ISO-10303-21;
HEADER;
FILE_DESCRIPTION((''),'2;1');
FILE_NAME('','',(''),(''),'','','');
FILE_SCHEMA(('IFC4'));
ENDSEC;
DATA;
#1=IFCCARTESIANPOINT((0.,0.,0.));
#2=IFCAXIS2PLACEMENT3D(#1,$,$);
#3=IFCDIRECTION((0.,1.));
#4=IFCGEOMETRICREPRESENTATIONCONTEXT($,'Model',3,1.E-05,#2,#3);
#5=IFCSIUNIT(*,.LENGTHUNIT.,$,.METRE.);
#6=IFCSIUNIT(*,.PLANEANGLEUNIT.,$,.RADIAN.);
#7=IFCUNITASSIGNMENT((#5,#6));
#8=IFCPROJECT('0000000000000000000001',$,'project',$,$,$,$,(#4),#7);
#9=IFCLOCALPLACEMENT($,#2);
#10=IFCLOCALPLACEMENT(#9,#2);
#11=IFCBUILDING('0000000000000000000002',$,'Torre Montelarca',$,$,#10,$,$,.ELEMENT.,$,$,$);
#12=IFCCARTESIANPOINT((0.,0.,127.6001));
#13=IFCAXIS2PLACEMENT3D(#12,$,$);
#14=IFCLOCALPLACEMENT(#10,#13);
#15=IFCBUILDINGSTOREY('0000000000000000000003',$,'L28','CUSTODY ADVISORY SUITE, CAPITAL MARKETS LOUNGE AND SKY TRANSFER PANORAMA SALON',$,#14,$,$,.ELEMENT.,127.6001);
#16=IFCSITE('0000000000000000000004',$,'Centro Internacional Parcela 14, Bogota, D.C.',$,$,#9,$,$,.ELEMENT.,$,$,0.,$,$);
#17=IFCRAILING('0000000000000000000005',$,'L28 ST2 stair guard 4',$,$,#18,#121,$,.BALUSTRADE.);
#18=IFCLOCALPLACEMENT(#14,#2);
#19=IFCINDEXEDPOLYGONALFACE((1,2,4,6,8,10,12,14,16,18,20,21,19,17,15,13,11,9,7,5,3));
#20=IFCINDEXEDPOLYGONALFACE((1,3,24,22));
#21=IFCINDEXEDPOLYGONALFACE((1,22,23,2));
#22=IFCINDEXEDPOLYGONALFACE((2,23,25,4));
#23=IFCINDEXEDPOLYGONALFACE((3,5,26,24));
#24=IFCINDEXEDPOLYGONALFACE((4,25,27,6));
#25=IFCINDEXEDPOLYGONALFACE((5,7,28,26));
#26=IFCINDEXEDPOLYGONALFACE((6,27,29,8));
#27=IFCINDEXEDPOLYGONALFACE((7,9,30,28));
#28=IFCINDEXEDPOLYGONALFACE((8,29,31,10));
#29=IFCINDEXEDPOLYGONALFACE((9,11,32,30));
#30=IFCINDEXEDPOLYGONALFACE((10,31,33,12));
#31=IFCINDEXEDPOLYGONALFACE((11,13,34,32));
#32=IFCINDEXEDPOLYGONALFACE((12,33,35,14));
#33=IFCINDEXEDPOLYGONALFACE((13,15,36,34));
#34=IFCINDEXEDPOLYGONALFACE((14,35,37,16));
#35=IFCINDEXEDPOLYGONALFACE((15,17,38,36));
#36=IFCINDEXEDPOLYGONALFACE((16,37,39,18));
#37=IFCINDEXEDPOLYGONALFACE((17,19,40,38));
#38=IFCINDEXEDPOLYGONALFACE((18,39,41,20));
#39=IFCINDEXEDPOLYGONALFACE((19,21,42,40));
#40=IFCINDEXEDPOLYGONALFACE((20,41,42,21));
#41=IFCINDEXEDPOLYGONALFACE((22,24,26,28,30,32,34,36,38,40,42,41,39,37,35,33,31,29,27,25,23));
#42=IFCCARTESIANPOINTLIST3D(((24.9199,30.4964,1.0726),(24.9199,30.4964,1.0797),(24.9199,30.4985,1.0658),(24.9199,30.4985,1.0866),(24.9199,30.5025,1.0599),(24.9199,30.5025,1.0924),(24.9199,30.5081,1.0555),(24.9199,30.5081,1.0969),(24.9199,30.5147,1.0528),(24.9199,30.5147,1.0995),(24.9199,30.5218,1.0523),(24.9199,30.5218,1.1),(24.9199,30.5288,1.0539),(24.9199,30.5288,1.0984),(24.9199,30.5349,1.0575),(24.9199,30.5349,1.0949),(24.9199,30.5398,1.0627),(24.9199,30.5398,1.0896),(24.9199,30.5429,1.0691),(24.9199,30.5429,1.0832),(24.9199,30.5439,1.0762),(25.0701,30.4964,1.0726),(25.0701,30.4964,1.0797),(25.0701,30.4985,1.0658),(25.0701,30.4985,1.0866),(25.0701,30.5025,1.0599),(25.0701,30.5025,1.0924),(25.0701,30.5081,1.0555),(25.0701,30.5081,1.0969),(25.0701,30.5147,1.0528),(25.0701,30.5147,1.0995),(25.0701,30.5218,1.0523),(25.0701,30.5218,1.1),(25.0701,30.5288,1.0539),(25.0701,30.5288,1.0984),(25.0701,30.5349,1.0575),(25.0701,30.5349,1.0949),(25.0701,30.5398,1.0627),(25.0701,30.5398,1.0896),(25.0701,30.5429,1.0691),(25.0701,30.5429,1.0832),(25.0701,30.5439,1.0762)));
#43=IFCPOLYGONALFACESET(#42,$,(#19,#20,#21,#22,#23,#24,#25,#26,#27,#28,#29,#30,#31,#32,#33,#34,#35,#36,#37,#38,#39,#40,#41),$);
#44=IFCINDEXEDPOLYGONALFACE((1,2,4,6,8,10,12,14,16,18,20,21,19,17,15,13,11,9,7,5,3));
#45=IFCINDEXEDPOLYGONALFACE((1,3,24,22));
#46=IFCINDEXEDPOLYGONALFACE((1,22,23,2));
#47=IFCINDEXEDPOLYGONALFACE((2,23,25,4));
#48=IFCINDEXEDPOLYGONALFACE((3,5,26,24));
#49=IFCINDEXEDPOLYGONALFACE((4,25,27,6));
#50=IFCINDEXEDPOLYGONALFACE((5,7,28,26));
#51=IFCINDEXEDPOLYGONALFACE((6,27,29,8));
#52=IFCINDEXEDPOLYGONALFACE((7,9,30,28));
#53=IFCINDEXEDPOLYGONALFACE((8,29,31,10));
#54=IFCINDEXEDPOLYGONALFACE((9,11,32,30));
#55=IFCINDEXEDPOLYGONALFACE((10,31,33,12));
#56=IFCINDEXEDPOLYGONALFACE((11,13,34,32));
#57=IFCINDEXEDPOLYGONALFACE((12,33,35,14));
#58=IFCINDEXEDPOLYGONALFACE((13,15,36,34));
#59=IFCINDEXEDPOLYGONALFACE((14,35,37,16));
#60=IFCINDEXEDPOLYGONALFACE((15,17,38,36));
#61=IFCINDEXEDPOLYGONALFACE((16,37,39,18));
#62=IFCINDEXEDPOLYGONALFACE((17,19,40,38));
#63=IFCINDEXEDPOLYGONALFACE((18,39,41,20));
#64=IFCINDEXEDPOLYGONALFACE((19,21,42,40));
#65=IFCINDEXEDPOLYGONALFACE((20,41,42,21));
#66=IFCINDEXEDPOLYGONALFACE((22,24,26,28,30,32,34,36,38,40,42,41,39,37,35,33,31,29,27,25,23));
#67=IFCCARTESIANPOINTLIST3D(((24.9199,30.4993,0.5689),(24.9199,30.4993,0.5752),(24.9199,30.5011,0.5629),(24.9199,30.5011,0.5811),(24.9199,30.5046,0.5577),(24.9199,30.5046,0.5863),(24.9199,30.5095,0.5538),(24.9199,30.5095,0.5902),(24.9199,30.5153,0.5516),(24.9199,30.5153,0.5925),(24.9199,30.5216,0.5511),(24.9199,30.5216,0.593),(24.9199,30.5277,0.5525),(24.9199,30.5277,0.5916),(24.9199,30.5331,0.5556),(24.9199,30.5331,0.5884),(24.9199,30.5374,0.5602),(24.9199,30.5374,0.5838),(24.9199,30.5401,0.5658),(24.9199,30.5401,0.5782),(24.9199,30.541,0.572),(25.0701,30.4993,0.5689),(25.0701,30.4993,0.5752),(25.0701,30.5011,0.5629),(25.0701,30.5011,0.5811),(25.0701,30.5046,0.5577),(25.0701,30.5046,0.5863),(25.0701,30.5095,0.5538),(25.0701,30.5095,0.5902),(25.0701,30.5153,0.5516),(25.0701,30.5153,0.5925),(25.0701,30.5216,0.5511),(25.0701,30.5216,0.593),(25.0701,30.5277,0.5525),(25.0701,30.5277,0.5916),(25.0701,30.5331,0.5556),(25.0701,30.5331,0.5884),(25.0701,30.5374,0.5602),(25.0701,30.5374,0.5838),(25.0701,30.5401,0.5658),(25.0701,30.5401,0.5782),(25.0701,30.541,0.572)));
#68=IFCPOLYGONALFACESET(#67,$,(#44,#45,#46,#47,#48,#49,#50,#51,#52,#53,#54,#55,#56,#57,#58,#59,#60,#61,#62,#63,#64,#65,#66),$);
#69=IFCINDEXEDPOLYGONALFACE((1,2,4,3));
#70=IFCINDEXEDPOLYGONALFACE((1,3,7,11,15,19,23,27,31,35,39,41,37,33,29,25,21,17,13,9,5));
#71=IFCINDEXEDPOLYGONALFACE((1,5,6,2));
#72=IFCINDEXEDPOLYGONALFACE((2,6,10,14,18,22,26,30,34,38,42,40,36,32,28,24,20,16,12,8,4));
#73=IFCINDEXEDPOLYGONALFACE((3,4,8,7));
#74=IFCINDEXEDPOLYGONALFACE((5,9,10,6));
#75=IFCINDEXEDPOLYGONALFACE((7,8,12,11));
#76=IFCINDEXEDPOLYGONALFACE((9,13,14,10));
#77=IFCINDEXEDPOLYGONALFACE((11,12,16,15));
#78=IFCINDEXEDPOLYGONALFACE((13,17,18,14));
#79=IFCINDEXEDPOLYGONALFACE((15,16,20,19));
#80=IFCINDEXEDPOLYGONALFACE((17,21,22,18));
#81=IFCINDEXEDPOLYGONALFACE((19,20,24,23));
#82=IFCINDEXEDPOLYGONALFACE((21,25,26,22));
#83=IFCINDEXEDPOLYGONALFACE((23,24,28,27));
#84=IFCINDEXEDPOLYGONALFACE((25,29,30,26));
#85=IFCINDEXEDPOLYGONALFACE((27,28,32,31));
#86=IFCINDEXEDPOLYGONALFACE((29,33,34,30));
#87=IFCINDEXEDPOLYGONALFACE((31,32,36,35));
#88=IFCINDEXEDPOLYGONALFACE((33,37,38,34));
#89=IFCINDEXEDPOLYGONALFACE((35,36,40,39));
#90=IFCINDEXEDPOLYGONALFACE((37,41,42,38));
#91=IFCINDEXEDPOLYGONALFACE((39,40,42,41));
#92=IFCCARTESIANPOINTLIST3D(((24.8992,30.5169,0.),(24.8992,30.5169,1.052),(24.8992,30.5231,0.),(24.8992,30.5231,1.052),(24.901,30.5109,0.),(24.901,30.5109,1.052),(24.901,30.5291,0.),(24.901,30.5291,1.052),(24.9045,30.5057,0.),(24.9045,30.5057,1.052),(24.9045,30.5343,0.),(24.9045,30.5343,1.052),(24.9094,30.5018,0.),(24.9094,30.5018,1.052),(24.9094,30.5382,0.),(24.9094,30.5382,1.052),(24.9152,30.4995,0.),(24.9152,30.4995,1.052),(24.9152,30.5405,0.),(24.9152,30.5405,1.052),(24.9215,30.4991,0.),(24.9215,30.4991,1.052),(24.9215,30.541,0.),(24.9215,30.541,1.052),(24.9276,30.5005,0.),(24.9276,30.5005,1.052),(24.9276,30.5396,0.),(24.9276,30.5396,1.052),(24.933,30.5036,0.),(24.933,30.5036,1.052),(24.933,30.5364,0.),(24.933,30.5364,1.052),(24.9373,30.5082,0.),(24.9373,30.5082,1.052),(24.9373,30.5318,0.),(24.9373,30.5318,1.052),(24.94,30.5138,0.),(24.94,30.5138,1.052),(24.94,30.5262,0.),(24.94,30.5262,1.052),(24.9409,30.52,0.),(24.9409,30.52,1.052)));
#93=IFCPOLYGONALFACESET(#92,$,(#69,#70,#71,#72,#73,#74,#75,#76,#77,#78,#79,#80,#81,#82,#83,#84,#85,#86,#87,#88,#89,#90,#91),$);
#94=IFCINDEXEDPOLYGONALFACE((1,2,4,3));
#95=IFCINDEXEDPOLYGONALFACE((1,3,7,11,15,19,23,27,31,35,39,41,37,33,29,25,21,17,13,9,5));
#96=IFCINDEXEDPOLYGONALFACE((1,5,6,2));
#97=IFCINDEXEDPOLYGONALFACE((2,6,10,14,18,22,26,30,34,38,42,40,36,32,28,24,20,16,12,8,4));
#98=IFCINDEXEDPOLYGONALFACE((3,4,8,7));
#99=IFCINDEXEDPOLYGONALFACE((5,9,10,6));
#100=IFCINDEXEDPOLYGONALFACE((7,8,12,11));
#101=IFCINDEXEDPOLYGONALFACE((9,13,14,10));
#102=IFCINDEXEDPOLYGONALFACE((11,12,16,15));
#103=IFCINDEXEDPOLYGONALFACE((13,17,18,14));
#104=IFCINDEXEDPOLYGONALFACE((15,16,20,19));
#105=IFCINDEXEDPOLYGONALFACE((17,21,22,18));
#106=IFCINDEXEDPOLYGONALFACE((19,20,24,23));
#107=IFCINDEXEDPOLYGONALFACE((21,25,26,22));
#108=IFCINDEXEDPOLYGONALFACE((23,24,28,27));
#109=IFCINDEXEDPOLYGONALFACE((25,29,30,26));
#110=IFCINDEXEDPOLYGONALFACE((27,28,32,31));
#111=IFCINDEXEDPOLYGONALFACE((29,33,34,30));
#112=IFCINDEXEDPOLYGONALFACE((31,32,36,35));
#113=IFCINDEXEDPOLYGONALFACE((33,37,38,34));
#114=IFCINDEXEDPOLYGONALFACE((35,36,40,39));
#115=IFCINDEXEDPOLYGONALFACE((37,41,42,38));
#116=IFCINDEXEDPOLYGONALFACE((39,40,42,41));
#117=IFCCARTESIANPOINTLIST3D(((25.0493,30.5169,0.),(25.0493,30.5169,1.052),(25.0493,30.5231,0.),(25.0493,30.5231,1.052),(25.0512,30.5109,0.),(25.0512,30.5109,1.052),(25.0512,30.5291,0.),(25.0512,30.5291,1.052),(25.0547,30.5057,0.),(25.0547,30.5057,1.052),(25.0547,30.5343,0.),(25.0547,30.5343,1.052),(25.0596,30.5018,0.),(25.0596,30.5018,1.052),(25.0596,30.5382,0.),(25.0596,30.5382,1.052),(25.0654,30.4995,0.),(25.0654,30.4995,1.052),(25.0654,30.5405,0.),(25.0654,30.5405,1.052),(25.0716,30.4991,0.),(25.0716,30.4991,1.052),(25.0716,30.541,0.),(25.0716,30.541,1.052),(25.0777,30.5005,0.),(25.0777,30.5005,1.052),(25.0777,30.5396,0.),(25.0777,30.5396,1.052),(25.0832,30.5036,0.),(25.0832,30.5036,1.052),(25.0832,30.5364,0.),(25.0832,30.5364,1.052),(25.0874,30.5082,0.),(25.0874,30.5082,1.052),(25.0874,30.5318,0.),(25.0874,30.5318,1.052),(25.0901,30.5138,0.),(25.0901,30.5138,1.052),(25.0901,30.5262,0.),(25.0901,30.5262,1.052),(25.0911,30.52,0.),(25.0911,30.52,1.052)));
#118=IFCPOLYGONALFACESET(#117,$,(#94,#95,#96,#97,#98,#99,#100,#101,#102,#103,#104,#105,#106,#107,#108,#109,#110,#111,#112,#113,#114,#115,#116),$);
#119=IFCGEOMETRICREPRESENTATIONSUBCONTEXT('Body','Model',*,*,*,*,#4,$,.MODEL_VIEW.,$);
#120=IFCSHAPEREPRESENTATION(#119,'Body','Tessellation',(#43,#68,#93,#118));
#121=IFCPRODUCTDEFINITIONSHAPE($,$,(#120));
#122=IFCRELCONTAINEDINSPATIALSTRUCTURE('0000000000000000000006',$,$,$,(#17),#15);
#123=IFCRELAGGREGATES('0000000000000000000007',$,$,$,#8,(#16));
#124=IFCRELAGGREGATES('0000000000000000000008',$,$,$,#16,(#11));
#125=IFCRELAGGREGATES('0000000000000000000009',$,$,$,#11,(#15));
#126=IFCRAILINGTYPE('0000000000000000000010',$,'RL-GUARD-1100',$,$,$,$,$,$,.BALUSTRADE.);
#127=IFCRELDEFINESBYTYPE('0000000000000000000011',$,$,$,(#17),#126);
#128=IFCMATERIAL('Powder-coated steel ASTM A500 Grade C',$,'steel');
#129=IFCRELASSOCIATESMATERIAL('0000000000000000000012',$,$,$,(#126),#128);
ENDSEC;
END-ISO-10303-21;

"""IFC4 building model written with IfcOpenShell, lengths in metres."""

from ifc_helpers import new_model, si_unit, direction, frame, origin, origin_2d, place, context, subcontext, project, spatial, circle, extrude, material, type_object, element, save


model = new_model("IFC4")

# Units and contexts
model_context = context("Model", 3, precision=1e-05, world=origin(), true_north=direction((0.0, 1.0)))
body_context = subcontext(model_context, "Body", "Model", "MODEL_VIEW")
ifc_project = project(units=[si_unit("LENGTHUNIT", "METRE"), si_unit("PLANEANGLEUNIT", "RADIAN")], contexts=[model_context])

# Site, building, storey
site_placement = place(None, origin())
site = spatial("IfcSite", under=ifc_project, at=site_placement, Name="Centro Internacional Parcela 14, Bogota, D.C.", CompositionType="ELEMENT", RefElevation=0.0)
building_placement = place(site_placement, origin())
building = spatial("IfcBuilding", under=site, at=building_placement, Name="Torre Montelarca", CompositionType="ELEMENT")
storey_placement = place(building_placement, frame((0.0, 0.0, 127.6001)))
storey = spatial("IfcBuildingStorey", under=building, at=storey_placement, Name="L28", Description="CUSTODY ADVISORY SUITE, CAPITAL MARKETS LOUNGE AND SKY TRANSFER PANORAMA SALON", CompositionType="ELEMENT", Elevation=127.6001)

# Railing
ifc_material_1 = material(Name="Powder-coated steel ASTM A500 Grade C", Category="steel")
railing_type_1 = type_object("IfcRailingType", Name="RL-GUARD-1100", PredefinedType="BALUSTRADE", material=ifc_material_1)
railing_1_placement = place(storey_placement, frame((24.9199, 30.52, 0.0)))
element("IfcRailing", 1, at=railing_1_placement, inside=storey, type_object=railing_type_1, Name="L28 ST2 stair guard 4", PredefinedType="BALUSTRADE", context=body_context, shape_type="SweptSolid", body=[
    extrude(circle(Radius=0.0239, at=origin_2d()), frame((0.0, 0.0, 1.0762), z_axis=(1.0, 0.0, 0.0), x_axis=(0.0, 1.0, 0.0)), (0.0, 0.0, 1.0), 0.1501),
    extrude(circle(Radius=0.021, at=origin_2d()), frame((0.0, 0.0, 0.572), z_axis=(1.0, 0.0, 0.0), x_axis=(0.0, 1.0, 0.0)), (0.0, 0.0, 1.0), 0.1501),
    extrude(circle(Radius=0.021, at=origin_2d()), origin(), (0.0, 0.0, 1.0), 1.052),
    extrude(circle(Radius=0.021, at=origin_2d()), frame((0.1501, 0.0, 0.0)), (0.0, 0.0, 1.0), 1.052),
])

save(model, "model.ifc")
